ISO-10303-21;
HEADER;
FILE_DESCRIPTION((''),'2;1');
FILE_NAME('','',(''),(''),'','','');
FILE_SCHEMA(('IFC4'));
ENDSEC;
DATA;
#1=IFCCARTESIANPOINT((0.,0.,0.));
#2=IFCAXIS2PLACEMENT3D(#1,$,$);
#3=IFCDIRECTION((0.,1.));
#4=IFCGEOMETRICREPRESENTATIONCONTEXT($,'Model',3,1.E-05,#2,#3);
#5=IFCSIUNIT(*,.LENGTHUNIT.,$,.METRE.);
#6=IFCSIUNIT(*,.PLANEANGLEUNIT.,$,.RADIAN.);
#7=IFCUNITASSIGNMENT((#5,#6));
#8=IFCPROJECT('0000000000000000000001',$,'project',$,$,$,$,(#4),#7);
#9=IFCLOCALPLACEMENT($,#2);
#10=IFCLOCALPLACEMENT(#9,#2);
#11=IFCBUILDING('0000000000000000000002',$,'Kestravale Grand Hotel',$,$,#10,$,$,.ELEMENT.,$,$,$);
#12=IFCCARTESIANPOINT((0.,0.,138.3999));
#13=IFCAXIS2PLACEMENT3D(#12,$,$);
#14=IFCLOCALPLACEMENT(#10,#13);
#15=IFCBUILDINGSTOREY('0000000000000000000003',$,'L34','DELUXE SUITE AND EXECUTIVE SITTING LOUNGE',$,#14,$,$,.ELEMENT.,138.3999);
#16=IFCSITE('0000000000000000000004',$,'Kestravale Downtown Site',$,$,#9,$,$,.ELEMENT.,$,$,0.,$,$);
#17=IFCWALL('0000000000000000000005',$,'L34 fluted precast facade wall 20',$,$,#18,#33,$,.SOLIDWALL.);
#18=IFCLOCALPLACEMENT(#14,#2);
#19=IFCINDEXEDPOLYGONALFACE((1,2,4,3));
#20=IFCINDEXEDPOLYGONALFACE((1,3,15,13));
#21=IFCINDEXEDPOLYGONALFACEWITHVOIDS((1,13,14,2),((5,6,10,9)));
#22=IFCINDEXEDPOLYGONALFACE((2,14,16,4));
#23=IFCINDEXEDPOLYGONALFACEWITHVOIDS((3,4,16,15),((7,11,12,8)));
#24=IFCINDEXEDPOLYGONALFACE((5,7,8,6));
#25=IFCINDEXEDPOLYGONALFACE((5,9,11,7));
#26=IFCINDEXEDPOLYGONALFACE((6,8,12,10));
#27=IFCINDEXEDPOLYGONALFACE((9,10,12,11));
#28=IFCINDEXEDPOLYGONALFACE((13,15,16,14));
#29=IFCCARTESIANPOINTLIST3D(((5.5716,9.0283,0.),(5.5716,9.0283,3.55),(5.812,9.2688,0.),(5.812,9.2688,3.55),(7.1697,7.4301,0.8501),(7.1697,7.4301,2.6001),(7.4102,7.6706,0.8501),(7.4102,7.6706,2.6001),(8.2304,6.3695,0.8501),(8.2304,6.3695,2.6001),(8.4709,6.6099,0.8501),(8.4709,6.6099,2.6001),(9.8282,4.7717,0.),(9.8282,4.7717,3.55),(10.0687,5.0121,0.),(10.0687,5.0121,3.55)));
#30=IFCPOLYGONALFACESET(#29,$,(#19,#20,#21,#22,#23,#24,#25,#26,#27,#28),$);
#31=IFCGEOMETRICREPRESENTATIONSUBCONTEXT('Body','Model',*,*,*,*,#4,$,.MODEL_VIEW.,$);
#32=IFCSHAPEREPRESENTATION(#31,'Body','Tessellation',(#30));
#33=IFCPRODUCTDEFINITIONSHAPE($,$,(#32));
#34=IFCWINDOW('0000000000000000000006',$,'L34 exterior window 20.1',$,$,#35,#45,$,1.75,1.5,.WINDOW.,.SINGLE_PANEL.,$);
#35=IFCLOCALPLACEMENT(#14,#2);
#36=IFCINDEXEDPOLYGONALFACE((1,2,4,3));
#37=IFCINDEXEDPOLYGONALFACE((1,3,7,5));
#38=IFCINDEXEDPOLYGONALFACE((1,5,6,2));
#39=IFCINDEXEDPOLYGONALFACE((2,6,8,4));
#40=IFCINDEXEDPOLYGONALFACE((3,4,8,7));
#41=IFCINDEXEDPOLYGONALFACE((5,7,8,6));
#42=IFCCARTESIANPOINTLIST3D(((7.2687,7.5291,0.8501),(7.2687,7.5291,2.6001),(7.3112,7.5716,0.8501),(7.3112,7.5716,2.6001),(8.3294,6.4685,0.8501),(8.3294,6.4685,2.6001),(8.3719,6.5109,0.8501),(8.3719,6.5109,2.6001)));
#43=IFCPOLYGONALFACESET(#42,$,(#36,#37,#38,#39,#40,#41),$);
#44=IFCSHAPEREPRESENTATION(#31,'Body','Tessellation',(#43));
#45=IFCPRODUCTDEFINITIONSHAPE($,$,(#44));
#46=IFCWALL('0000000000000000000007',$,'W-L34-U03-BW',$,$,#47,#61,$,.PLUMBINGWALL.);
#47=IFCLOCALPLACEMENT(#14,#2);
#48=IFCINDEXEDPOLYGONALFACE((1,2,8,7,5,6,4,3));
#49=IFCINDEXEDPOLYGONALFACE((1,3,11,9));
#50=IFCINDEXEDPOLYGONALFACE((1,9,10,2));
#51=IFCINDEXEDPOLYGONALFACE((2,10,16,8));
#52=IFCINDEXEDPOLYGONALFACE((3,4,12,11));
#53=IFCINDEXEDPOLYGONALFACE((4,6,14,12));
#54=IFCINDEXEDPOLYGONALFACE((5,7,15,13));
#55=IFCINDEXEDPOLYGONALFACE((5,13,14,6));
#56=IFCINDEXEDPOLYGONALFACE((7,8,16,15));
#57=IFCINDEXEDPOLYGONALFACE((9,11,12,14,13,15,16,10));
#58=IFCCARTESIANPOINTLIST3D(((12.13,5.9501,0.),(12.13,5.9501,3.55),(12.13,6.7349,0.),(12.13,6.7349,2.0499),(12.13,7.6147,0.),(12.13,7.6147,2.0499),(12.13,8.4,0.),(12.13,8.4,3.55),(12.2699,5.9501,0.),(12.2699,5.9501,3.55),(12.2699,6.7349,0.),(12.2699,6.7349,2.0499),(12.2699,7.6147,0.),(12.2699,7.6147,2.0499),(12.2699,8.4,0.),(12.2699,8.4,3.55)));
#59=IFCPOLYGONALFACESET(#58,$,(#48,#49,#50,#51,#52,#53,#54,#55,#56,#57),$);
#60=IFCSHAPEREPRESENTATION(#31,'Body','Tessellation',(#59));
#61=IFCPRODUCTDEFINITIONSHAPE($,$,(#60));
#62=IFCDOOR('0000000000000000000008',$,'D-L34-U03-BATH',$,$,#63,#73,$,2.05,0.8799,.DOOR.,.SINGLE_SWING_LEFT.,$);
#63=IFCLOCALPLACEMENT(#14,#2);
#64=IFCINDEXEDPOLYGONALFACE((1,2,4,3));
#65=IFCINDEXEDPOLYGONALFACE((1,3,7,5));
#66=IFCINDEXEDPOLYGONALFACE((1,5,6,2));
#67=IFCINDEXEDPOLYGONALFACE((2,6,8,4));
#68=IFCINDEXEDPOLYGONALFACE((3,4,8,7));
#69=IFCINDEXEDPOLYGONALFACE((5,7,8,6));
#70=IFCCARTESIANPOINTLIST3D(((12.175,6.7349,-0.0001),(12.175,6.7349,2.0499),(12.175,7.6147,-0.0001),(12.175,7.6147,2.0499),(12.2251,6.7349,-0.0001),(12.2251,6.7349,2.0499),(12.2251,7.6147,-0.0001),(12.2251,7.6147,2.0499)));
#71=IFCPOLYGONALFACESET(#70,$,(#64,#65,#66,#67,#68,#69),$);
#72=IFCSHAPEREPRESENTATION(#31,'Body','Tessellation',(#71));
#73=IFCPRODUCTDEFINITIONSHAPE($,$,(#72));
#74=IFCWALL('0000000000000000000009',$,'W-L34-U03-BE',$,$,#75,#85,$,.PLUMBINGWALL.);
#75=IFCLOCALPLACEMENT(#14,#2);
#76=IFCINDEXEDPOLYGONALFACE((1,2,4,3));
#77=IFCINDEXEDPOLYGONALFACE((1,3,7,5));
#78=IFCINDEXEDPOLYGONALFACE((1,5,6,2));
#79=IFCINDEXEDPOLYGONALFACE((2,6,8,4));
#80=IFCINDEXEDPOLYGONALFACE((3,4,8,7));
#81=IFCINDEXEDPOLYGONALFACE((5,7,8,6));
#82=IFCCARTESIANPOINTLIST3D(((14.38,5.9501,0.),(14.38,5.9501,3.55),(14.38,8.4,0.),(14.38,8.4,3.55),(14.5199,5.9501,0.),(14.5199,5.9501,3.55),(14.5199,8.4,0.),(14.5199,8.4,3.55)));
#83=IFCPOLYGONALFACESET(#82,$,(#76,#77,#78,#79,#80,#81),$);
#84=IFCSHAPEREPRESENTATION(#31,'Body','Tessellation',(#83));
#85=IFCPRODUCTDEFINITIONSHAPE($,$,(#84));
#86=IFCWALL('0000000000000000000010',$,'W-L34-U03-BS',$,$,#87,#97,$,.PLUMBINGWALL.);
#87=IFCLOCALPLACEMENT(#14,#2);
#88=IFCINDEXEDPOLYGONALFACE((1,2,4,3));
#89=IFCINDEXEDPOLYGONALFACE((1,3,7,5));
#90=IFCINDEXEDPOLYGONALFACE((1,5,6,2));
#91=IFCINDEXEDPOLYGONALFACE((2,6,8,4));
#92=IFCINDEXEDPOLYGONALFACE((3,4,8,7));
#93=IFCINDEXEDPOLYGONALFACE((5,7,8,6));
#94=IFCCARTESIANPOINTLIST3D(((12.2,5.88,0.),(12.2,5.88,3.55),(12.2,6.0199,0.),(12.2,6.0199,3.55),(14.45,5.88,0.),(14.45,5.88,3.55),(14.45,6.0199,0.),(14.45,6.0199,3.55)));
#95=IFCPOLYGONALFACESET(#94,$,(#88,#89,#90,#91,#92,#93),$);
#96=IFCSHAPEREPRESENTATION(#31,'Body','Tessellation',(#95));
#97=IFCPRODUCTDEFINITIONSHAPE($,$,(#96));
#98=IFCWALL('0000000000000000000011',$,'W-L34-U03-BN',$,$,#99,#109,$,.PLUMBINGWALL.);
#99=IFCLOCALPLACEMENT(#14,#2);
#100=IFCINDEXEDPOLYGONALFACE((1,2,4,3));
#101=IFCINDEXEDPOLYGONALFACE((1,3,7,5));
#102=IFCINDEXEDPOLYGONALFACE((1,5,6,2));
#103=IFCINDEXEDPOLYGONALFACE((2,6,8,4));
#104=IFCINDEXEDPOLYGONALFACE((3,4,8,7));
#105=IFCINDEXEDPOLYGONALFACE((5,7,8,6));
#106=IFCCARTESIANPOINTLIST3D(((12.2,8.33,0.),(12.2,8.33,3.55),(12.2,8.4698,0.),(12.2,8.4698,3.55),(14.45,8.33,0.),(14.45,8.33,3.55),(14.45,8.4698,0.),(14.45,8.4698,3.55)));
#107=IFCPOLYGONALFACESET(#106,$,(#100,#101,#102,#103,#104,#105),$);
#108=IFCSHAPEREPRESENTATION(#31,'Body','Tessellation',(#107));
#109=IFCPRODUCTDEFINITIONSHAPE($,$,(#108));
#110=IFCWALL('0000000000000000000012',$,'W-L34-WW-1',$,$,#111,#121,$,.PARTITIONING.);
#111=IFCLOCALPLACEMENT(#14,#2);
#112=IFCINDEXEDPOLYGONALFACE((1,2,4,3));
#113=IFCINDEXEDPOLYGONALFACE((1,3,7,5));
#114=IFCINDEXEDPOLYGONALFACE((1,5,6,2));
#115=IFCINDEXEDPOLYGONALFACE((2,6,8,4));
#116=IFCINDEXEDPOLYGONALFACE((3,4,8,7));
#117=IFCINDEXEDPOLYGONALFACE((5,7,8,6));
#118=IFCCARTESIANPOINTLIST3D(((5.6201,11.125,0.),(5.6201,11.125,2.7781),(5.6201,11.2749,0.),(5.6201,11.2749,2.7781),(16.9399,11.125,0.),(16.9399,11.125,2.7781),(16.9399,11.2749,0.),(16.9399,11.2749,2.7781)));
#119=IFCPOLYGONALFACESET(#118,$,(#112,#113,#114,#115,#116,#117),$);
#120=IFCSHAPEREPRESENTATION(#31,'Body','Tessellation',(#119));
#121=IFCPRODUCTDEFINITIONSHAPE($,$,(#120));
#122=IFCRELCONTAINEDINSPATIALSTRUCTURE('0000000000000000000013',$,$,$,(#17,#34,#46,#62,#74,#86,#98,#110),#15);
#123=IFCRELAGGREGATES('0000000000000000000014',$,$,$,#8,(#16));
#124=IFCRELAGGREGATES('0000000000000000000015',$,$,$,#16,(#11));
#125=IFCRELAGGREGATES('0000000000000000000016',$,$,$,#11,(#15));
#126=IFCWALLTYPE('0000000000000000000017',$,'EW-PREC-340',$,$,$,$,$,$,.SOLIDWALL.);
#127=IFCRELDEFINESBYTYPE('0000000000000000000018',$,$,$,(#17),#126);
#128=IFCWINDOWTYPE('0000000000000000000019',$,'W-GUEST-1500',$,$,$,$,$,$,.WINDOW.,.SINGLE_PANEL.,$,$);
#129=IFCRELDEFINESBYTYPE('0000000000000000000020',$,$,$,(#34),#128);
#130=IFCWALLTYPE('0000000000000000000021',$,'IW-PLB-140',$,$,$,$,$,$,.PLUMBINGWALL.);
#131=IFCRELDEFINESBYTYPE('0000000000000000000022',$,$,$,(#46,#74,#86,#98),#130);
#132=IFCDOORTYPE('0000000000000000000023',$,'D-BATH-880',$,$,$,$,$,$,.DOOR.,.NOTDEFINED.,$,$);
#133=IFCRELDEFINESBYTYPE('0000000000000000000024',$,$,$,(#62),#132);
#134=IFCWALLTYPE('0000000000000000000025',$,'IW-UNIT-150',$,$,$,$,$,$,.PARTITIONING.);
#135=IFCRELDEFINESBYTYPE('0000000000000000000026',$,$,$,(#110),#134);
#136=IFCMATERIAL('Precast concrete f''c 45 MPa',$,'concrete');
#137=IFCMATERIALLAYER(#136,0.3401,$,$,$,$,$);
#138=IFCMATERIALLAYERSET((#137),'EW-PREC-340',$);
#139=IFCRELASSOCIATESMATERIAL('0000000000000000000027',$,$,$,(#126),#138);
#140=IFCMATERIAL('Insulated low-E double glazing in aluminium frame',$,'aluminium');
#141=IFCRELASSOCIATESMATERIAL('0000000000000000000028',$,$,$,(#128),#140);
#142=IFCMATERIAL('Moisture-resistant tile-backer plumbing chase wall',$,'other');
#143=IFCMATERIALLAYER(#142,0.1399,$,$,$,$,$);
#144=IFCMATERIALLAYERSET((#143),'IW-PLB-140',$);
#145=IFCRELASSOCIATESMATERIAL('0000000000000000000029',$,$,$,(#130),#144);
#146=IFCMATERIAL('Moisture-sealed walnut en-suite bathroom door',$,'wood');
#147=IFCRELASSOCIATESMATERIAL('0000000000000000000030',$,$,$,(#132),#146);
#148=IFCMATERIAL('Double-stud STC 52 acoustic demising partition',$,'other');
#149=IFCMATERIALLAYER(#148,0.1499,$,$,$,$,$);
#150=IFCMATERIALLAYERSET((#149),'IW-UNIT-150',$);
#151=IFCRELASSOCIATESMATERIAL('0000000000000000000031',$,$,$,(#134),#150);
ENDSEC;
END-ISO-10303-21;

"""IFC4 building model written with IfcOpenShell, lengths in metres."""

from ifc_helpers import new_model, si_unit, direction, frame, frame_2d, origin, place, context, subcontext, project, spatial, rectangle, extrude, material, layer, layer_set, type_object, element, fill, save


model = new_model("IFC4")

# Units and contexts
model_context = context("Model", 3, precision=1e-05, world=origin(), true_north=direction((0.0, 1.0)))
body_context = subcontext(model_context, "Body", "Model", "MODEL_VIEW")
ifc_project = project(units=[si_unit("LENGTHUNIT", "METRE"), si_unit("PLANEANGLEUNIT", "RADIAN")], contexts=[model_context])

# Site, building, storey
site_placement = place(None, origin())
site = spatial("IfcSite", under=ifc_project, at=site_placement, Name="Kestravale Downtown Site", CompositionType="ELEMENT", RefElevation=0.0)
building_placement = place(site_placement, origin())
building = spatial("IfcBuilding", under=site, at=building_placement, Name="Kestravale Grand Hotel", CompositionType="ELEMENT")
storey_placement = place(building_placement, frame((0.0, 0.0, 138.3999)))
storey = spatial("IfcBuildingStorey", under=building, at=storey_placement, Name="L34", Description="DELUXE SUITE AND EXECUTIVE SITTING LOUNGE", CompositionType="ELEMENT", Elevation=138.3999)

# Shared definitions
ifc_material_1 = material(Name="Precast concrete f'c 45 MPa", Category="concrete")
ifc_layer_1 = layer(ifc_material_1, 0.3401)
ifc_layer_set_1 = layer_set([ifc_layer_1], Name="EW-PREC-340")
wall_type_1 = type_object("IfcWallType", Name="EW-PREC-340", PredefinedType="SOLIDWALL", material=ifc_layer_set_1)
ifc_material_2 = material(Name="Insulated low-E double glazing in aluminium frame", Category="aluminium")
window_type = type_object("IfcWindowType", Name="W-GUEST-1500", PartitioningType="SINGLE_PANEL", PredefinedType="WINDOW", material=ifc_material_2)

# Wall, opening, window
wall_1_placement = place(storey_placement, frame((5.6919, 9.1484, 0.0), z_axis=(0.0, 0.0, 1.0), x_axis=(0.707107, -0.707107, 0.0)))
wall_1 = element("IfcWall", 1, at=wall_1_placement, inside=storey, type_object=wall_type_1, Name="L34 fluted precast facade wall 20", PredefinedType="SOLIDWALL", context=body_context, shape_type="SweptSolid", body=[
    extrude(rectangle(XDim=6.0198, YDim=0.3401, at=frame_2d((3.0098, 0.0))), origin(), (0.0, 0.0, 1.0), 3.55),
])
opening_1_placement = place(wall_1_placement, frame((2.26, 0.0, 0.8501)))
opening_1 = element("IfcOpeningElement", 2, at=opening_1_placement, cuts=wall_1, PredefinedType="OPENING", context=body_context, shape_type="SweptSolid", body=[
    extrude(rectangle(XDim=1.5, YDim=1.75, at=frame_2d((0.75, 0.875))), frame((0.0, 0.1799, 0.0), z_axis=(0.0, -1.0, 0.0), x_axis=(1.0, 0.0, 0.0)), (0.0, 0.0, 1.0), 0.3601),
])
window_1_placement = place(opening_1_placement, origin())
window_1 = element("IfcWindow", 3, at=window_1_placement, inside=storey, type_object=window_type, Name="L34 exterior window 20.1", OverallHeight=1.75, OverallWidth=1.5, PartitioningType="SINGLE_PANEL", PredefinedType="WINDOW", context=body_context, shape_type="SweptSolid", body=[
    extrude(rectangle(XDim=1.5, YDim=1.75, at=frame_2d((0.75, 0.875))), frame((0.0, 0.03, 0.0), z_axis=(0.0, -1.0, 0.0), x_axis=(1.0, 0.0, 0.0)), (0.0, 0.0, 1.0), 0.0601),
])
fill(opening_1, window_1)

# Wall, opening, door
ifc_material_3 = material(Name="Moisture-resistant tile-backer plumbing chase wall", Category="other")
ifc_layer_2 = layer(ifc_material_3, 0.1399)
ifc_layer_set_2 = layer_set([ifc_layer_2], Name="IW-PLB-140")
wall_type_2 = type_object("IfcWallType", Name="IW-PLB-140", PredefinedType="PLUMBINGWALL", material=ifc_layer_set_2)
wall_2_placement = place(storey_placement, frame((12.2, 5.95, 0.0), z_axis=(0.0, 0.0, 1.0), x_axis=(0.0, 1.0, 0.0)))
wall_2 = element("IfcWall", 4, at=wall_2_placement, inside=storey, type_object=wall_type_2, Name="W-L34-U03-BW", PredefinedType="PLUMBINGWALL", context=body_context, shape_type="SweptSolid", body=[
    extrude(rectangle(XDim=2.45, YDim=0.1399, at=frame_2d((1.2251, 0.0))), origin(), (0.0, 0.0, 1.0), 3.55),
])
opening_2_placement = place(wall_2_placement, frame((0.7849, 0.0, 0.0)))
opening_2 = element("IfcOpeningElement", 5, at=opening_2_placement, cuts=wall_2, PredefinedType="OPENING", context=body_context, shape_type="SweptSolid", body=[
    extrude(rectangle(XDim=0.8799, YDim=2.05, at=frame_2d((0.4399, 1.0249))), frame((0.0, 0.0798, 0.0), z_axis=(0.0, -1.0, 0.0), x_axis=(1.0, 0.0, 0.0)), (0.0, 0.0, 1.0), 0.1599),
])
ifc_material_4 = material(Name="Moisture-sealed walnut en-suite bathroom door", Category="wood")
door_type_1 = type_object("IfcDoorType", Name="D-BATH-880", OperationType="NOTDEFINED", PredefinedType="DOOR", material=ifc_material_4)
door_1_placement = place(opening_2_placement, origin())
door_1 = element("IfcDoor", 6, at=door_1_placement, inside=storey, type_object=door_type_1, Name="D-L34-U03-BATH", OperationType="SINGLE_SWING_LEFT", OverallHeight=2.05, OverallWidth=0.8799, PredefinedType="DOOR", context=body_context, shape_type="SweptSolid", body=[
    extrude(rectangle(XDim=0.8799, YDim=2.05, at=frame_2d((0.4399, 1.0249))), frame((0.0, 0.0249, 0.0), z_axis=(0.0, -1.0, 0.0), x_axis=(1.0, 0.0, 0.0)), (0.0, 0.0, 1.0), 0.05),
])
fill(opening_2, door_1)

# Walls
wall_3_placement = place(storey_placement, frame((14.45, 5.95, 0.0), z_axis=(0.0, 0.0, 1.0), x_axis=(0.0, 1.0, 0.0)))
element("IfcWall", 7, at=wall_3_placement, inside=storey, type_object=wall_type_2, Name="W-L34-U03-BE", PredefinedType="PLUMBINGWALL", context=body_context, shape_type="SweptSolid", body=[
    extrude(rectangle(XDim=2.45, YDim=0.1399, at=frame_2d((1.2251, 0.0))), origin(), (0.0, 0.0, 1.0), 3.55),
])
for number, where, z_axis, x_axis, name in (
    (8, (12.2, 5.95, 0.0), (0.0, 0.0, 1.0), (1.0, 0.0, 0.0), "W-L34-U03-BS"),
    (9, (12.2, 8.3999, 0.0), (0.0, 0.0, 1.0), (1.0, 0.0, 0.0), "W-L34-U03-BN"),
):
    element("IfcWall", number, at=place(storey_placement, frame(where, z_axis=z_axis, x_axis=x_axis)), inside=storey, type_object=wall_type_2, Name=name, PredefinedType="PLUMBINGWALL", context=body_context, shape_type="SweptSolid", body=[
        extrude(rectangle(XDim=2.25, YDim=0.1399, at=frame_2d((1.125, 0.0))), origin(), (0.0, 0.0, 1.0), 3.55),
    ])
ifc_material_5 = material(Name="Double-stud STC 52 acoustic demising partition", Category="other")
ifc_layer_3 = layer(ifc_material_5, 0.1499)
ifc_layer_set_3 = layer_set([ifc_layer_3], Name="IW-UNIT-150")
wall_type_3 = type_object("IfcWallType", Name="IW-UNIT-150", PredefinedType="PARTITIONING", material=ifc_layer_set_3)
wall_4_placement = place(storey_placement, frame((5.6201, 11.2, 0.0), z_axis=(0.0, 0.0, 1.0), x_axis=(1.0, 0.0, 0.0)))
element("IfcWall", 10, at=wall_4_placement, inside=storey, type_object=wall_type_3, Name="W-L34-WW-1", PredefinedType="PARTITIONING", context=body_context, shape_type="SweptSolid", body=[
    extrude(rectangle(XDim=11.3198, YDim=0.1499, at=frame_2d((5.6599, 0.0))), origin(), (0.0, 0.0, 1.0), 2.7781),
])

save(model, "model.ifc")
